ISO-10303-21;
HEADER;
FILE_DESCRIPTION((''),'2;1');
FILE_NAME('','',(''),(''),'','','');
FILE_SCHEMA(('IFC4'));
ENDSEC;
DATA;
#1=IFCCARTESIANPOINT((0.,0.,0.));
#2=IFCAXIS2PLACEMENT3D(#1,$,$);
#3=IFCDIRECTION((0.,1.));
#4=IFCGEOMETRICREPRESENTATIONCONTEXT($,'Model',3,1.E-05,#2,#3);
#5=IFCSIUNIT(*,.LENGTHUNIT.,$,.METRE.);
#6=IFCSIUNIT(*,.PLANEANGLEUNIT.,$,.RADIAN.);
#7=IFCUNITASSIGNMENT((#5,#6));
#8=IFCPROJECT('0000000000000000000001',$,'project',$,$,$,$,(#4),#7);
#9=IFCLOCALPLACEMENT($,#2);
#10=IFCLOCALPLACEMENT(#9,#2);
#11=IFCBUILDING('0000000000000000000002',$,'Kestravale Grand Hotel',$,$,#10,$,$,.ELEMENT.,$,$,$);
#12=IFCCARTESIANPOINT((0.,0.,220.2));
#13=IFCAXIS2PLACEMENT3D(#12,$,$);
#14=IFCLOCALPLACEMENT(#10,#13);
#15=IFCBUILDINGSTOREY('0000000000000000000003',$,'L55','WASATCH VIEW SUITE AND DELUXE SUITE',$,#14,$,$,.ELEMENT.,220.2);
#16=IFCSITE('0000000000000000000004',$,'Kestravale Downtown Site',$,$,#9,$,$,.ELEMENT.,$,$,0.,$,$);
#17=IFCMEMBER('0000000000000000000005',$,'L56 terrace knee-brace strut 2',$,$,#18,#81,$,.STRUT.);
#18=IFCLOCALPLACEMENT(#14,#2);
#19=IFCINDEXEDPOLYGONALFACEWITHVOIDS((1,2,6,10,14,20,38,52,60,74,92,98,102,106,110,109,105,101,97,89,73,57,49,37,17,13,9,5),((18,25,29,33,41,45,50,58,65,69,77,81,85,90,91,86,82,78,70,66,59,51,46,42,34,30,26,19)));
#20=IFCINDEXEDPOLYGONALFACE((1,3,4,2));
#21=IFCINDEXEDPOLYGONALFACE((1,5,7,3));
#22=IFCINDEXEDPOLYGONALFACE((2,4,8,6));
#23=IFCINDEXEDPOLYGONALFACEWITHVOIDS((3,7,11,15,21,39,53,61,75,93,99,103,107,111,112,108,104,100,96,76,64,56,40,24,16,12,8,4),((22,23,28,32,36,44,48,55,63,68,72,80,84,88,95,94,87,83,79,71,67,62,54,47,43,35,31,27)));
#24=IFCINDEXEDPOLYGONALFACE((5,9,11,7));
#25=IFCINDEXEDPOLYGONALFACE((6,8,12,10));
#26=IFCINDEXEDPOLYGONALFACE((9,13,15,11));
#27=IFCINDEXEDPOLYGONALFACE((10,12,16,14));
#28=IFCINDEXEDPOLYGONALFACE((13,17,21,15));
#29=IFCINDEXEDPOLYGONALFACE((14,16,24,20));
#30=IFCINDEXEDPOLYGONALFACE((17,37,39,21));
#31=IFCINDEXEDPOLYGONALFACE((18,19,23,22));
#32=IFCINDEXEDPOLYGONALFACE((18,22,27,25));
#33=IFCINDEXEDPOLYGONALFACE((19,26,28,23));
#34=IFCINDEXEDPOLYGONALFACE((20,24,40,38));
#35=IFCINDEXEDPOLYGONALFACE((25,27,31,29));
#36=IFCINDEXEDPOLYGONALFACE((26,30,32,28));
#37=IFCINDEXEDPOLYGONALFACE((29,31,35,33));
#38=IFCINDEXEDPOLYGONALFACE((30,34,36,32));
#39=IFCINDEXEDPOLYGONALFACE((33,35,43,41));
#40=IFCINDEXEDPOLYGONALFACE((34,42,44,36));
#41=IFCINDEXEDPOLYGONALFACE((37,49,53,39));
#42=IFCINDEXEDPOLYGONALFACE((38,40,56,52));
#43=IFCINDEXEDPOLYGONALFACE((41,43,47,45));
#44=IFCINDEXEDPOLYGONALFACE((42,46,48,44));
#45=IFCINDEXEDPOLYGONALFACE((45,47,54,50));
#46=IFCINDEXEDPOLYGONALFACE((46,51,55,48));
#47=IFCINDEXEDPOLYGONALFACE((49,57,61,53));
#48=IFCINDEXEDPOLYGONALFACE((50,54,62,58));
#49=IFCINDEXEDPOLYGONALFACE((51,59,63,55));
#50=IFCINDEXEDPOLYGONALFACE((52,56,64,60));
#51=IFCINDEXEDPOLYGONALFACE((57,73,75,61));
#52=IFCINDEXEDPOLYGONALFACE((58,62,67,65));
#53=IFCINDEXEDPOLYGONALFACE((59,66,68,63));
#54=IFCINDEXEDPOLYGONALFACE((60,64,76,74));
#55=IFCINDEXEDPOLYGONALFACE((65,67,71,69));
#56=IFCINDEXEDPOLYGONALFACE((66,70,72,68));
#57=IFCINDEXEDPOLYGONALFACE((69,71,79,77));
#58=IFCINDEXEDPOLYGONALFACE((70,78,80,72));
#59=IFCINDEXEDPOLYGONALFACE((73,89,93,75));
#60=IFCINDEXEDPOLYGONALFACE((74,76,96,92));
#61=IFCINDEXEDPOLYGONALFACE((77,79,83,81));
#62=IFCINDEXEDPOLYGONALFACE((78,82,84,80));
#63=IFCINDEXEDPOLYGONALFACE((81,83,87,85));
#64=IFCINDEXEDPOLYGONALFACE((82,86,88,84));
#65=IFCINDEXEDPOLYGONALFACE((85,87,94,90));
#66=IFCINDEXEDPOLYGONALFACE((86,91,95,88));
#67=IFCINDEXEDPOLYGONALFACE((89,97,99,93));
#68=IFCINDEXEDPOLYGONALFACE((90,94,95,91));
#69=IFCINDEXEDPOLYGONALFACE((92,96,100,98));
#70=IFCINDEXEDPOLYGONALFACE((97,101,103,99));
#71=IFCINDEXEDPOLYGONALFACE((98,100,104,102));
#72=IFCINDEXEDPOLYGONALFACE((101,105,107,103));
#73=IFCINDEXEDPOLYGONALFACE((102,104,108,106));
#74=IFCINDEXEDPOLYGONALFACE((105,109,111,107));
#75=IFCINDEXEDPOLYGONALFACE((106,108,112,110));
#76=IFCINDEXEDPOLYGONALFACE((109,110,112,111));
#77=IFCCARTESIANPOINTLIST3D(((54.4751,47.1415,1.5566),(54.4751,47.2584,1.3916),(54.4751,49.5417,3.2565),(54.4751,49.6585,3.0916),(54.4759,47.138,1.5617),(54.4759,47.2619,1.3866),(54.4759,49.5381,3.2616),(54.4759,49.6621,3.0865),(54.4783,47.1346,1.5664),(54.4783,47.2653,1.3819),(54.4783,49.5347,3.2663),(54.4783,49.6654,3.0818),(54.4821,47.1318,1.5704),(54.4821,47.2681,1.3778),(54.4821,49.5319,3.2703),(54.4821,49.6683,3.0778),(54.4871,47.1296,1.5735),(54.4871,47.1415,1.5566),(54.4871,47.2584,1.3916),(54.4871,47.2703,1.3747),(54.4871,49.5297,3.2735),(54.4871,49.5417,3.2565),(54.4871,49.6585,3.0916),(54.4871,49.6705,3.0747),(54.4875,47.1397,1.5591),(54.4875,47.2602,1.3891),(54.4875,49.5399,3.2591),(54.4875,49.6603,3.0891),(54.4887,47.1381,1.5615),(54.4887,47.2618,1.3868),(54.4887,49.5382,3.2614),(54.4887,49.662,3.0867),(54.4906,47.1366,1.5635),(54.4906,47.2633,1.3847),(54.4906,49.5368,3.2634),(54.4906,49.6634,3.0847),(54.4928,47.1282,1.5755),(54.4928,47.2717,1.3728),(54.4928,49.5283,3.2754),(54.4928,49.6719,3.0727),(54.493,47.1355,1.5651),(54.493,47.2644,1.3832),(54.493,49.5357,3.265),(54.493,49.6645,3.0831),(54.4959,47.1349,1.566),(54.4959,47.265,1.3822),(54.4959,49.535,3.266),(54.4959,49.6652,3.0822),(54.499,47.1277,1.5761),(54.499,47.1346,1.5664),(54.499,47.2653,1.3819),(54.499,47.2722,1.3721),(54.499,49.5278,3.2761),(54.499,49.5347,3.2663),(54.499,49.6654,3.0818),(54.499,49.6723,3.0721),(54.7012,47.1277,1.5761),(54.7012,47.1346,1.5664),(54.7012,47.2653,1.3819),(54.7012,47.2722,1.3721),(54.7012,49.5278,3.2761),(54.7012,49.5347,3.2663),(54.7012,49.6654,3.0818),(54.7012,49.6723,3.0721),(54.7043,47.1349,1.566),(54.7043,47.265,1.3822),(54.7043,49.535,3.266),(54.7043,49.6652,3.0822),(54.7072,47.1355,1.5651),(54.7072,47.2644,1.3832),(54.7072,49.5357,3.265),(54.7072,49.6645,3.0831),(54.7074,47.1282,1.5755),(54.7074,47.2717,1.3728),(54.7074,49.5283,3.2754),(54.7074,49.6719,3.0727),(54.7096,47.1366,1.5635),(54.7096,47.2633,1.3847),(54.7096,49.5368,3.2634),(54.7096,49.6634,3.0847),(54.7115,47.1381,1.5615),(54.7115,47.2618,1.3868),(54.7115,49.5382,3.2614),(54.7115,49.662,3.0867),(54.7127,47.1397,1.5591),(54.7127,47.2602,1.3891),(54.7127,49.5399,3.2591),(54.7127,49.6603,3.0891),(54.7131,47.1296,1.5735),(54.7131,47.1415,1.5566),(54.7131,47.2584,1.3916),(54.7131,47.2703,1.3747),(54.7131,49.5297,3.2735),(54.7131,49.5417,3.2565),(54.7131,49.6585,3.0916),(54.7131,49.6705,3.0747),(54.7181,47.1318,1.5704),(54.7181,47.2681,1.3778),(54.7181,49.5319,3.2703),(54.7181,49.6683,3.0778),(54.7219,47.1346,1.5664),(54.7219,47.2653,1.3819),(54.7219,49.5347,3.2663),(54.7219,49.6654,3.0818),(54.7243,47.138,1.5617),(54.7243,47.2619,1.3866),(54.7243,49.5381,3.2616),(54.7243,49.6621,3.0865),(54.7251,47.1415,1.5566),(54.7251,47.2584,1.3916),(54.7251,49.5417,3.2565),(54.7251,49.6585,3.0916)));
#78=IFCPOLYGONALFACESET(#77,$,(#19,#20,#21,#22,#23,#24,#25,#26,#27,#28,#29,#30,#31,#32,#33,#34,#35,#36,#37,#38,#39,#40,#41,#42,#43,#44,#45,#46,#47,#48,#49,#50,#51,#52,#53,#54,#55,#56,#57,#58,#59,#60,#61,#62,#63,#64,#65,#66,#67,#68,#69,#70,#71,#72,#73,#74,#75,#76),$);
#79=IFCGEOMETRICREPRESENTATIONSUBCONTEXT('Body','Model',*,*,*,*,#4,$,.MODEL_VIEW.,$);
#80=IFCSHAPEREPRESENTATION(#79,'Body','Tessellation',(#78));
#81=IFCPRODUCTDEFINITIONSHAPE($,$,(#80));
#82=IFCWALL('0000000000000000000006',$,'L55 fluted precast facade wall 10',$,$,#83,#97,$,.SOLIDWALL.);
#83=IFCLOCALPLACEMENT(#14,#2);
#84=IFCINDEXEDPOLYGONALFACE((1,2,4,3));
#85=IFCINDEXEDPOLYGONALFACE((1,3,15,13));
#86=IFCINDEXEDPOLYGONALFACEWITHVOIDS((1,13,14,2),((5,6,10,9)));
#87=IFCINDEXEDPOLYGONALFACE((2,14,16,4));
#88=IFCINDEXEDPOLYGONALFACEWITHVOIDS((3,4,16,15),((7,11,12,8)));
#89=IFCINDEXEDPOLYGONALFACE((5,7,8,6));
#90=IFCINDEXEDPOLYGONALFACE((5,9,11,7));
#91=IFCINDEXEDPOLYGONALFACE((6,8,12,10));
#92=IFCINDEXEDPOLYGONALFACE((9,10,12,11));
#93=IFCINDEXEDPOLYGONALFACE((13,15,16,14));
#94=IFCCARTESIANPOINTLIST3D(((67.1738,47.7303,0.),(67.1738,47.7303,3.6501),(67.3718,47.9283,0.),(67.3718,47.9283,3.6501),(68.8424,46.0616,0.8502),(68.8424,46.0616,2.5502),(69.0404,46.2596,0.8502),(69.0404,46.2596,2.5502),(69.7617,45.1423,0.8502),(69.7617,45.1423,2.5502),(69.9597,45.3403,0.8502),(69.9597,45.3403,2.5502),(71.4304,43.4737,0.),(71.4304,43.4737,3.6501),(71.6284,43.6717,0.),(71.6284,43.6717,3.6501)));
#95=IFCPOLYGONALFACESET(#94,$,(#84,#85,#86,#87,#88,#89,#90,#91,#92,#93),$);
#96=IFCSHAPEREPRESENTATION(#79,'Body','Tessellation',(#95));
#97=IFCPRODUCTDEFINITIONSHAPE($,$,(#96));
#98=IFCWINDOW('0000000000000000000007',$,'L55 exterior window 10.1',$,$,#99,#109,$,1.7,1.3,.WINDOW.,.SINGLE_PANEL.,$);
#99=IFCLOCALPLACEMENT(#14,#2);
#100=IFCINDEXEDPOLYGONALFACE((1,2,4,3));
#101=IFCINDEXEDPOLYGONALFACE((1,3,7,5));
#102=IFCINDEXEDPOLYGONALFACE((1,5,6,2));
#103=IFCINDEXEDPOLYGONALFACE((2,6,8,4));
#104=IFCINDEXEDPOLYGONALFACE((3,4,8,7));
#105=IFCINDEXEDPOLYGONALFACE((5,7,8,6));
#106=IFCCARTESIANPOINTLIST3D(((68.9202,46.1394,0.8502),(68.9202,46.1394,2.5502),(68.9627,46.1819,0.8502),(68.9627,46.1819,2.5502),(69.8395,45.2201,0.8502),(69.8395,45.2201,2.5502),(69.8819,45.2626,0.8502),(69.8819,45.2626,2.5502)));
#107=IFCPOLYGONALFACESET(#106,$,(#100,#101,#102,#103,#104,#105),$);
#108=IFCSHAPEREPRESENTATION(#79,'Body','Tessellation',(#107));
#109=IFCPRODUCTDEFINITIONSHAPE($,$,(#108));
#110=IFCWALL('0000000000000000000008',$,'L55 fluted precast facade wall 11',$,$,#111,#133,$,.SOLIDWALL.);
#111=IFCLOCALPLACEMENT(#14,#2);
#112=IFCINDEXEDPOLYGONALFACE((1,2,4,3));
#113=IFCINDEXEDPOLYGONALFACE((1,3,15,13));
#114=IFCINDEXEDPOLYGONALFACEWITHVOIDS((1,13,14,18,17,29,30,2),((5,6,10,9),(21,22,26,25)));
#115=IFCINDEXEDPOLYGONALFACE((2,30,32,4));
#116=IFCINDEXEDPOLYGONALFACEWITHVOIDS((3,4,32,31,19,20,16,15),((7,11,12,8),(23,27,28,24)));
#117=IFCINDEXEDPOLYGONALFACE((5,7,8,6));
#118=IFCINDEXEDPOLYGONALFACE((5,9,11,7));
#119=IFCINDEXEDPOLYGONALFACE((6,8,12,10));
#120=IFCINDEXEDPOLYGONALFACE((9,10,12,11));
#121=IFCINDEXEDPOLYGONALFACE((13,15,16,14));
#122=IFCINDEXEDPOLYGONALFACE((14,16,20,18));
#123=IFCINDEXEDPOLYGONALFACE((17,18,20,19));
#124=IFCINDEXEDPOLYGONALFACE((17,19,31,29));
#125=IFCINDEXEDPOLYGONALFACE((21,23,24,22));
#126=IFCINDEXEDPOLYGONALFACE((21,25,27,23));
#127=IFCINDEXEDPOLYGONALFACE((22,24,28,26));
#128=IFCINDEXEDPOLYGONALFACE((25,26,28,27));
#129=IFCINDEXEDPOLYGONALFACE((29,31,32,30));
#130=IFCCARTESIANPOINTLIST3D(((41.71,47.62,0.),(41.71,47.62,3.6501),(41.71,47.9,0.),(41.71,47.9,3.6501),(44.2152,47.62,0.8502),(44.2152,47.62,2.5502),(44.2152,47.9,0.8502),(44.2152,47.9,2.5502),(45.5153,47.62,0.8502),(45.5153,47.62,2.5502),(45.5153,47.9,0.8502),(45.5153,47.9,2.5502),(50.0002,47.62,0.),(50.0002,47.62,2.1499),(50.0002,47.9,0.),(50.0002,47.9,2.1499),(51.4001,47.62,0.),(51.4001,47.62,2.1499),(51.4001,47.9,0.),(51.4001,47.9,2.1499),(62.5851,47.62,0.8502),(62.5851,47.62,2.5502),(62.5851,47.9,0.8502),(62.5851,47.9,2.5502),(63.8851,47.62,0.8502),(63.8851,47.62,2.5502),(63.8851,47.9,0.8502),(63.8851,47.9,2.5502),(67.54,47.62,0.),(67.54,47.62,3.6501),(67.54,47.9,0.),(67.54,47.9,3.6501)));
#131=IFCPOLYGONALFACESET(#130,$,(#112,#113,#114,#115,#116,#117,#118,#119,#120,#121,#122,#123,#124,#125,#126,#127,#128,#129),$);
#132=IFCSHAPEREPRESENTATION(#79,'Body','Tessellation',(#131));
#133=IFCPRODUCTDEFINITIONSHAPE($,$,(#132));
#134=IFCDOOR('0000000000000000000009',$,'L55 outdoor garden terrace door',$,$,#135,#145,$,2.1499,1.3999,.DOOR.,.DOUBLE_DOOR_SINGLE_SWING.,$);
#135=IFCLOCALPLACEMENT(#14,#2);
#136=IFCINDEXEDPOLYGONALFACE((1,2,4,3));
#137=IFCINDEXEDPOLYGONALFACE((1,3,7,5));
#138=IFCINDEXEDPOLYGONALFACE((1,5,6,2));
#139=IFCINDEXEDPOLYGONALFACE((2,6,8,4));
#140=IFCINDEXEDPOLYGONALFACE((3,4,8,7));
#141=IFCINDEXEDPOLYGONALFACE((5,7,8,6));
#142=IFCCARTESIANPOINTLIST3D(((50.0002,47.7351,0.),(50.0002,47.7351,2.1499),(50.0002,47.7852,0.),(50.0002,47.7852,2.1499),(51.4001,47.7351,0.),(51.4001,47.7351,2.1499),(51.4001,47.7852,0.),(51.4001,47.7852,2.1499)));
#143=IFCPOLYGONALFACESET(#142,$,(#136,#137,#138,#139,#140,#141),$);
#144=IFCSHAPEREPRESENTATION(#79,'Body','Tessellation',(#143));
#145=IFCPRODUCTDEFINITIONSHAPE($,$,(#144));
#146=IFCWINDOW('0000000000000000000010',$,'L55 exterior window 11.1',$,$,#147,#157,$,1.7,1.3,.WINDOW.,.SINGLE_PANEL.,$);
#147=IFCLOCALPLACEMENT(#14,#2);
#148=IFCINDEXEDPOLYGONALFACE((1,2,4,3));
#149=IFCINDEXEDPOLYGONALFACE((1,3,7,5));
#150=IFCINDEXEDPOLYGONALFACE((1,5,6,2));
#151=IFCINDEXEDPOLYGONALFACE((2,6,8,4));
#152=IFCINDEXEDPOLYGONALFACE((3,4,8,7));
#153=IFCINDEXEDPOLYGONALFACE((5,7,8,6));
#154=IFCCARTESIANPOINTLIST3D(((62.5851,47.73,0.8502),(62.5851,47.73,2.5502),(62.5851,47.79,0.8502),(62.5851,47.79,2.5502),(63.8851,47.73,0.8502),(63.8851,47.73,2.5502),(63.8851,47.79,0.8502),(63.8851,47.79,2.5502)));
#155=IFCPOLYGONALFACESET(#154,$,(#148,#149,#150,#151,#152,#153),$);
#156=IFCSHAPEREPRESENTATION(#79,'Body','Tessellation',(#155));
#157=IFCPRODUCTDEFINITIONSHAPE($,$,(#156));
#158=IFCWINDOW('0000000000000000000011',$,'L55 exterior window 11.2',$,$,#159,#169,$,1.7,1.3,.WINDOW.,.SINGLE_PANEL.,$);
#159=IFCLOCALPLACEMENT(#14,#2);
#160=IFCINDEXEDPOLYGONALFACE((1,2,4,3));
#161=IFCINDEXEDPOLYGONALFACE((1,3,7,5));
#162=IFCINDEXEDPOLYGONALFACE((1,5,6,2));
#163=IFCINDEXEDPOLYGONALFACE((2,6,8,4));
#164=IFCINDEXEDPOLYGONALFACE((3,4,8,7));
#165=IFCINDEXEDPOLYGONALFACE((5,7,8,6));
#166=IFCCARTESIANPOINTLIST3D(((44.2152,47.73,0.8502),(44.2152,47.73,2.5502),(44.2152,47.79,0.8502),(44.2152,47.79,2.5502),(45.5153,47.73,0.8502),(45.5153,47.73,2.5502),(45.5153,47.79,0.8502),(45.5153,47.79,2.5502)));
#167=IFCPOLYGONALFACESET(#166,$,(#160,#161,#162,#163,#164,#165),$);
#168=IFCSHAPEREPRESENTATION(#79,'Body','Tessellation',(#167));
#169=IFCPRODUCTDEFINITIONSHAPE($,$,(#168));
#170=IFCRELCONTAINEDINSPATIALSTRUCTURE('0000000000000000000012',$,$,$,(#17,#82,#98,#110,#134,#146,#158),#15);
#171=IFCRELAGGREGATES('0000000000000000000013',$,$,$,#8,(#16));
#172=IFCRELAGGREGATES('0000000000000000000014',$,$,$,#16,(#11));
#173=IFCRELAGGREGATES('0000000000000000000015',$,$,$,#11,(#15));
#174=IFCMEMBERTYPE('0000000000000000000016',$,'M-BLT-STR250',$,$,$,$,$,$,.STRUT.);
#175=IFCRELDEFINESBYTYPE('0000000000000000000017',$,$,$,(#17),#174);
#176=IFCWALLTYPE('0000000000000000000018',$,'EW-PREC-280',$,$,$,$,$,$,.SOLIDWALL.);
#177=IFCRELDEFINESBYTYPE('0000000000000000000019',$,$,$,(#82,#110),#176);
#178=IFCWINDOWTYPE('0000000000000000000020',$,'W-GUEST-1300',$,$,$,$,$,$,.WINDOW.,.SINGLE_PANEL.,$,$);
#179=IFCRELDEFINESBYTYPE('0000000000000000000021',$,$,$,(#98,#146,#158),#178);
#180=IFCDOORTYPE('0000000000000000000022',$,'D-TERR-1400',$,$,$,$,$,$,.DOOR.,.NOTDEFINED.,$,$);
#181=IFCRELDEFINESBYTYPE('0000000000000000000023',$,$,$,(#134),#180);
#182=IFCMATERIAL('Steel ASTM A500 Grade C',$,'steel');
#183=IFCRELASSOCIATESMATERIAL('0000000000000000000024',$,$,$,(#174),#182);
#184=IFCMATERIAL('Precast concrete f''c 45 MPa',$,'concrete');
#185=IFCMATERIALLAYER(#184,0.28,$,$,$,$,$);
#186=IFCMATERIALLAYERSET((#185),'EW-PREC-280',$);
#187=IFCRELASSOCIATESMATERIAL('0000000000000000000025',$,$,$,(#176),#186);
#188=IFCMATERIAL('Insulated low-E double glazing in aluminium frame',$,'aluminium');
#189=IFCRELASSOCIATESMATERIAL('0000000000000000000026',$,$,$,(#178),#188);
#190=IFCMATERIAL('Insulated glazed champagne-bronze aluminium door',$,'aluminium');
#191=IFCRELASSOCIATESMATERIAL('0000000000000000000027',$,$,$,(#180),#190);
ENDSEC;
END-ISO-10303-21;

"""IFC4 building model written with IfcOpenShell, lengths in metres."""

from ifc_helpers import new_model, si_unit, direction, frame, frame_2d, origin, origin_2d, place, context, subcontext, project, spatial, rectangle, hollow_rectangle, extrude, material, layer, layer_set, material_profile, profile_set, type_object, element, fill, save


model = new_model("IFC4")

# Units and contexts
model_context = context("Model", 3, precision=1e-05, world=origin(), true_north=direction((0.0, 1.0)))
body_context = subcontext(model_context, "Body", "Model", "MODEL_VIEW")
ifc_project = project(units=[si_unit("LENGTHUNIT", "METRE"), si_unit("PLANEANGLEUNIT", "RADIAN")], contexts=[model_context])

# Site, building, storey
site_placement = place(None, origin())
site = spatial("IfcSite", under=ifc_project, at=site_placement, Name="Kestravale Downtown Site", CompositionType="ELEMENT", RefElevation=0.0)
building_placement = place(site_placement, origin())
building = spatial("IfcBuilding", under=site, at=building_placement, Name="Kestravale Grand Hotel", CompositionType="ELEMENT")
storey_placement = place(building_placement, frame((0.0, 0.0, 220.2)))
storey = spatial("IfcBuildingStorey", under=building, at=storey_placement, Name="L55", Description="WASATCH VIEW SUITE AND DELUXE SUITE", CompositionType="ELEMENT", Elevation=220.2)

# Member
ifc_material_1 = material(Name="Steel ASTM A500 Grade C", Category="steel")
ifc_material_profile_1 = material_profile(ifc_material_1, hollow_rectangle(XDim=0.25, YDim=0.25, WallThickness=0.012, InnerFilletRadius=0.012, OuterFilletRadius=0.0239, at=origin_2d()))
ifc_profile_set_1 = profile_set([ifc_material_profile_1], Name="Steel ASTM A500 Grade C")
member_type = type_object("IfcMemberType", Name="M-BLT-STR250", PredefinedType="STRUT", material=ifc_profile_set_1)
member_placement = place(storey_placement, frame((54.6001, 47.2, 1.4741), z_axis=(0.0, 0.816049, 0.577983), x_axis=(-1.0, 0.0, 0.0)))
element("IfcMember", 1, at=member_placement, inside=storey, type_object=member_type, Name="L56 terrace knee-brace strut 2", PredefinedType="STRUT", context=body_context, shape_type="SweptSolid", body=[
    extrude(hollow_rectangle(XDim=0.25, YDim=0.25, WallThickness=0.012, InnerFilletRadius=0.012, OuterFilletRadius=0.0239, at=origin_2d()), origin(), (0.0, 0.0, 1.0), 2.9412),
])

# Wall, opening, window
ifc_material_2 = material(Name="Precast concrete f'c 45 MPa", Category="concrete")
ifc_layer_1 = layer(ifc_material_2, 0.28)
ifc_layer_set_1 = layer_set([ifc_layer_1], Name="EW-PREC-280")
wall_type_1 = type_object("IfcWallType", Name="EW-PREC-280", PredefinedType="SOLIDWALL", material=ifc_layer_set_1)
wall_1_placement = place(storey_placement, frame((71.5293, 43.5728, 0.0), z_axis=(0.0, 0.0, 1.0), x_axis=(-0.707107, 0.707107, 0.0)))
wall_1 = element("IfcWall", 2, at=wall_1_placement, inside=storey, type_object=wall_type_1, Name="L55 fluted precast facade wall 10", PredefinedType="SOLIDWALL", context=body_context, shape_type="SweptSolid", body=[
    extrude(rectangle(XDim=6.0198, YDim=0.28, at=frame_2d((3.0098, 0.0))), origin(), (0.0, 0.0, 1.0), 3.6501),
])
opening_1_placement = place(wall_1_placement, frame((2.3599, 0.0, 0.8501)))
opening_1 = element("IfcOpeningElement", 3, at=opening_1_placement, cuts=wall_1, PredefinedType="OPENING", context=body_context, shape_type="SweptSolid", body=[
    extrude(rectangle(XDim=1.3, YDim=1.7, at=frame_2d((0.6499, 0.8501))), frame((0.0, 0.1499, 0.0), z_axis=(0.0, -1.0, 0.0), x_axis=(1.0, 0.0, 0.0)), (0.0, 0.0, 1.0), 0.3),
])
ifc_material_3 = material(Name="Insulated low-E double glazing in aluminium frame", Category="aluminium")
window_type = type_object("IfcWindowType", Name="W-GUEST-1300", PartitioningType="SINGLE_PANEL", PredefinedType="WINDOW", material=ifc_material_3)
window_1_placement = place(opening_1_placement, origin())
window_1 = element("IfcWindow", 4, at=window_1_placement, inside=storey, type_object=window_type, Name="L55 exterior window 10.1", OverallHeight=1.7, OverallWidth=1.3, PartitioningType="SINGLE_PANEL", PredefinedType="WINDOW", context=body_context, shape_type="SweptSolid", body=[
    extrude(rectangle(XDim=1.3, YDim=1.7, at=frame_2d((0.6499, 0.8501))), frame((0.0, 0.03, 0.0), z_axis=(0.0, -1.0, 0.0), x_axis=(1.0, 0.0, 0.0)), (0.0, 0.0, 1.0), 0.0601),
])
fill(opening_1, window_1)

# Wall, openings, door, windows
wall_2_placement = place(storey_placement, frame((67.54, 47.76, 0.0), z_axis=(0.0, 0.0, 1.0), x_axis=(-1.0, 0.0, 0.0)))
wall_2 = element("IfcWall", 5, at=wall_2_placement, inside=storey, type_object=wall_type_1, Name="L55 fluted precast facade wall 11", PredefinedType="SOLIDWALL", context=body_context, shape_type="SweptSolid", body=[
    extrude(rectangle(XDim=25.8301, YDim=0.28, at=frame_2d((12.915, 0.0))), origin(), (0.0, 0.0, 1.0), 3.6501),
])
opening_2_placement = place(wall_2_placement, frame((16.1399, 0.0, 0.0)))
opening_2 = element("IfcOpeningElement", 6, at=opening_2_placement, cuts=wall_2, PredefinedType="OPENING", context=body_context, shape_type="SweptSolid", body=[
    extrude(rectangle(XDim=1.3999, YDim=2.1499, at=frame_2d((0.7, 1.075))), frame((0.0, 0.1499, 0.0), z_axis=(0.0, -1.0, 0.0), x_axis=(1.0, 0.0, 0.0)), (0.0, 0.0, 1.0), 0.3),
])
opening_3_placement = place(wall_2_placement, frame((3.655, 0.0, 0.8501)))
opening_3 = element("IfcOpeningElement", 7, at=opening_3_placement, cuts=wall_2, PredefinedType="OPENING", context=body_context, shape_type="SweptSolid", body=[
    extrude(rectangle(XDim=1.3, YDim=1.7, at=frame_2d((0.6499, 0.8501))), frame((0.0, 0.1499, 0.0), z_axis=(0.0, -1.0, 0.0), x_axis=(1.0, 0.0, 0.0)), (0.0, 0.0, 1.0), 0.3),
])
opening_4_placement = place(wall_2_placement, frame((22.0249, 0.0, 0.8501)))
opening_4 = element("IfcOpeningElement", 8, at=opening_4_placement, cuts=wall_2, PredefinedType="OPENING", context=body_context, shape_type="SweptSolid", body=[
    extrude(rectangle(XDim=1.3, YDim=1.7, at=frame_2d((0.6499, 0.8501))), frame((0.0, 0.1499, 0.0), z_axis=(0.0, -1.0, 0.0), x_axis=(1.0, 0.0, 0.0)), (0.0, 0.0, 1.0), 0.3),
])
ifc_material_4 = material(Name="Insulated glazed champagne-bronze aluminium door", Category="aluminium")
door_type_1 = type_object("IfcDoorType", Name="D-TERR-1400", OperationType="NOTDEFINED", PredefinedType="DOOR", material=ifc_material_4)
door_1_placement = place(opening_2_placement, origin())
door_1 = element("IfcDoor", 9, at=door_1_placement, inside=storey, type_object=door_type_1, Name="L55 outdoor garden terrace door", OperationType="DOUBLE_DOOR_SINGLE_SWING", OverallHeight=2.1499, OverallWidth=1.3999, PredefinedType="DOOR", context=body_context, shape_type="SweptSolid", body=[
    extrude(rectangle(XDim=1.3999, YDim=2.1499, at=frame_2d((0.7, 1.075))), frame((0.0, 0.0249, 0.0), z_axis=(0.0, -1.0, 0.0), x_axis=(1.0, 0.0, 0.0)), (0.0, 0.0, 1.0), 0.05),
])
fill(opening_2, door_1)
window_2_placement = place(opening_3_placement, origin())
window_2 = element("IfcWindow", 10, at=window_2_placement, inside=storey, type_object=window_type, Name="L55 exterior window 11.1", OverallHeight=1.7, OverallWidth=1.3, PartitioningType="SINGLE_PANEL", PredefinedType="WINDOW", context=body_context, shape_type="SweptSolid", body=[
    extrude(rectangle(XDim=1.3, YDim=1.7, at=frame_2d((0.6499, 0.8501))), frame((0.0, 0.03, 0.0), z_axis=(0.0, -1.0, 0.0), x_axis=(1.0, 0.0, 0.0)), (0.0, 0.0, 1.0), 0.0601),
])
fill(opening_3, window_2)
window_3_placement = place(opening_4_placement, origin())
window_3 = element("IfcWindow", 11, at=window_3_placement, inside=storey, type_object=window_type, Name="L55 exterior window 11.2", OverallHeight=1.7, OverallWidth=1.3, PartitioningType="SINGLE_PANEL", PredefinedType="WINDOW", context=body_context, shape_type="SweptSolid", body=[
    extrude(rectangle(XDim=1.3, YDim=1.7, at=frame_2d((0.6499, 0.8501))), frame((0.0, 0.03, 0.0), z_axis=(0.0, -1.0, 0.0), x_axis=(1.0, 0.0, 0.0)), (0.0, 0.0, 1.0), 0.0601),
])
fill(opening_4, window_3)

save(model, "model.ifc")
